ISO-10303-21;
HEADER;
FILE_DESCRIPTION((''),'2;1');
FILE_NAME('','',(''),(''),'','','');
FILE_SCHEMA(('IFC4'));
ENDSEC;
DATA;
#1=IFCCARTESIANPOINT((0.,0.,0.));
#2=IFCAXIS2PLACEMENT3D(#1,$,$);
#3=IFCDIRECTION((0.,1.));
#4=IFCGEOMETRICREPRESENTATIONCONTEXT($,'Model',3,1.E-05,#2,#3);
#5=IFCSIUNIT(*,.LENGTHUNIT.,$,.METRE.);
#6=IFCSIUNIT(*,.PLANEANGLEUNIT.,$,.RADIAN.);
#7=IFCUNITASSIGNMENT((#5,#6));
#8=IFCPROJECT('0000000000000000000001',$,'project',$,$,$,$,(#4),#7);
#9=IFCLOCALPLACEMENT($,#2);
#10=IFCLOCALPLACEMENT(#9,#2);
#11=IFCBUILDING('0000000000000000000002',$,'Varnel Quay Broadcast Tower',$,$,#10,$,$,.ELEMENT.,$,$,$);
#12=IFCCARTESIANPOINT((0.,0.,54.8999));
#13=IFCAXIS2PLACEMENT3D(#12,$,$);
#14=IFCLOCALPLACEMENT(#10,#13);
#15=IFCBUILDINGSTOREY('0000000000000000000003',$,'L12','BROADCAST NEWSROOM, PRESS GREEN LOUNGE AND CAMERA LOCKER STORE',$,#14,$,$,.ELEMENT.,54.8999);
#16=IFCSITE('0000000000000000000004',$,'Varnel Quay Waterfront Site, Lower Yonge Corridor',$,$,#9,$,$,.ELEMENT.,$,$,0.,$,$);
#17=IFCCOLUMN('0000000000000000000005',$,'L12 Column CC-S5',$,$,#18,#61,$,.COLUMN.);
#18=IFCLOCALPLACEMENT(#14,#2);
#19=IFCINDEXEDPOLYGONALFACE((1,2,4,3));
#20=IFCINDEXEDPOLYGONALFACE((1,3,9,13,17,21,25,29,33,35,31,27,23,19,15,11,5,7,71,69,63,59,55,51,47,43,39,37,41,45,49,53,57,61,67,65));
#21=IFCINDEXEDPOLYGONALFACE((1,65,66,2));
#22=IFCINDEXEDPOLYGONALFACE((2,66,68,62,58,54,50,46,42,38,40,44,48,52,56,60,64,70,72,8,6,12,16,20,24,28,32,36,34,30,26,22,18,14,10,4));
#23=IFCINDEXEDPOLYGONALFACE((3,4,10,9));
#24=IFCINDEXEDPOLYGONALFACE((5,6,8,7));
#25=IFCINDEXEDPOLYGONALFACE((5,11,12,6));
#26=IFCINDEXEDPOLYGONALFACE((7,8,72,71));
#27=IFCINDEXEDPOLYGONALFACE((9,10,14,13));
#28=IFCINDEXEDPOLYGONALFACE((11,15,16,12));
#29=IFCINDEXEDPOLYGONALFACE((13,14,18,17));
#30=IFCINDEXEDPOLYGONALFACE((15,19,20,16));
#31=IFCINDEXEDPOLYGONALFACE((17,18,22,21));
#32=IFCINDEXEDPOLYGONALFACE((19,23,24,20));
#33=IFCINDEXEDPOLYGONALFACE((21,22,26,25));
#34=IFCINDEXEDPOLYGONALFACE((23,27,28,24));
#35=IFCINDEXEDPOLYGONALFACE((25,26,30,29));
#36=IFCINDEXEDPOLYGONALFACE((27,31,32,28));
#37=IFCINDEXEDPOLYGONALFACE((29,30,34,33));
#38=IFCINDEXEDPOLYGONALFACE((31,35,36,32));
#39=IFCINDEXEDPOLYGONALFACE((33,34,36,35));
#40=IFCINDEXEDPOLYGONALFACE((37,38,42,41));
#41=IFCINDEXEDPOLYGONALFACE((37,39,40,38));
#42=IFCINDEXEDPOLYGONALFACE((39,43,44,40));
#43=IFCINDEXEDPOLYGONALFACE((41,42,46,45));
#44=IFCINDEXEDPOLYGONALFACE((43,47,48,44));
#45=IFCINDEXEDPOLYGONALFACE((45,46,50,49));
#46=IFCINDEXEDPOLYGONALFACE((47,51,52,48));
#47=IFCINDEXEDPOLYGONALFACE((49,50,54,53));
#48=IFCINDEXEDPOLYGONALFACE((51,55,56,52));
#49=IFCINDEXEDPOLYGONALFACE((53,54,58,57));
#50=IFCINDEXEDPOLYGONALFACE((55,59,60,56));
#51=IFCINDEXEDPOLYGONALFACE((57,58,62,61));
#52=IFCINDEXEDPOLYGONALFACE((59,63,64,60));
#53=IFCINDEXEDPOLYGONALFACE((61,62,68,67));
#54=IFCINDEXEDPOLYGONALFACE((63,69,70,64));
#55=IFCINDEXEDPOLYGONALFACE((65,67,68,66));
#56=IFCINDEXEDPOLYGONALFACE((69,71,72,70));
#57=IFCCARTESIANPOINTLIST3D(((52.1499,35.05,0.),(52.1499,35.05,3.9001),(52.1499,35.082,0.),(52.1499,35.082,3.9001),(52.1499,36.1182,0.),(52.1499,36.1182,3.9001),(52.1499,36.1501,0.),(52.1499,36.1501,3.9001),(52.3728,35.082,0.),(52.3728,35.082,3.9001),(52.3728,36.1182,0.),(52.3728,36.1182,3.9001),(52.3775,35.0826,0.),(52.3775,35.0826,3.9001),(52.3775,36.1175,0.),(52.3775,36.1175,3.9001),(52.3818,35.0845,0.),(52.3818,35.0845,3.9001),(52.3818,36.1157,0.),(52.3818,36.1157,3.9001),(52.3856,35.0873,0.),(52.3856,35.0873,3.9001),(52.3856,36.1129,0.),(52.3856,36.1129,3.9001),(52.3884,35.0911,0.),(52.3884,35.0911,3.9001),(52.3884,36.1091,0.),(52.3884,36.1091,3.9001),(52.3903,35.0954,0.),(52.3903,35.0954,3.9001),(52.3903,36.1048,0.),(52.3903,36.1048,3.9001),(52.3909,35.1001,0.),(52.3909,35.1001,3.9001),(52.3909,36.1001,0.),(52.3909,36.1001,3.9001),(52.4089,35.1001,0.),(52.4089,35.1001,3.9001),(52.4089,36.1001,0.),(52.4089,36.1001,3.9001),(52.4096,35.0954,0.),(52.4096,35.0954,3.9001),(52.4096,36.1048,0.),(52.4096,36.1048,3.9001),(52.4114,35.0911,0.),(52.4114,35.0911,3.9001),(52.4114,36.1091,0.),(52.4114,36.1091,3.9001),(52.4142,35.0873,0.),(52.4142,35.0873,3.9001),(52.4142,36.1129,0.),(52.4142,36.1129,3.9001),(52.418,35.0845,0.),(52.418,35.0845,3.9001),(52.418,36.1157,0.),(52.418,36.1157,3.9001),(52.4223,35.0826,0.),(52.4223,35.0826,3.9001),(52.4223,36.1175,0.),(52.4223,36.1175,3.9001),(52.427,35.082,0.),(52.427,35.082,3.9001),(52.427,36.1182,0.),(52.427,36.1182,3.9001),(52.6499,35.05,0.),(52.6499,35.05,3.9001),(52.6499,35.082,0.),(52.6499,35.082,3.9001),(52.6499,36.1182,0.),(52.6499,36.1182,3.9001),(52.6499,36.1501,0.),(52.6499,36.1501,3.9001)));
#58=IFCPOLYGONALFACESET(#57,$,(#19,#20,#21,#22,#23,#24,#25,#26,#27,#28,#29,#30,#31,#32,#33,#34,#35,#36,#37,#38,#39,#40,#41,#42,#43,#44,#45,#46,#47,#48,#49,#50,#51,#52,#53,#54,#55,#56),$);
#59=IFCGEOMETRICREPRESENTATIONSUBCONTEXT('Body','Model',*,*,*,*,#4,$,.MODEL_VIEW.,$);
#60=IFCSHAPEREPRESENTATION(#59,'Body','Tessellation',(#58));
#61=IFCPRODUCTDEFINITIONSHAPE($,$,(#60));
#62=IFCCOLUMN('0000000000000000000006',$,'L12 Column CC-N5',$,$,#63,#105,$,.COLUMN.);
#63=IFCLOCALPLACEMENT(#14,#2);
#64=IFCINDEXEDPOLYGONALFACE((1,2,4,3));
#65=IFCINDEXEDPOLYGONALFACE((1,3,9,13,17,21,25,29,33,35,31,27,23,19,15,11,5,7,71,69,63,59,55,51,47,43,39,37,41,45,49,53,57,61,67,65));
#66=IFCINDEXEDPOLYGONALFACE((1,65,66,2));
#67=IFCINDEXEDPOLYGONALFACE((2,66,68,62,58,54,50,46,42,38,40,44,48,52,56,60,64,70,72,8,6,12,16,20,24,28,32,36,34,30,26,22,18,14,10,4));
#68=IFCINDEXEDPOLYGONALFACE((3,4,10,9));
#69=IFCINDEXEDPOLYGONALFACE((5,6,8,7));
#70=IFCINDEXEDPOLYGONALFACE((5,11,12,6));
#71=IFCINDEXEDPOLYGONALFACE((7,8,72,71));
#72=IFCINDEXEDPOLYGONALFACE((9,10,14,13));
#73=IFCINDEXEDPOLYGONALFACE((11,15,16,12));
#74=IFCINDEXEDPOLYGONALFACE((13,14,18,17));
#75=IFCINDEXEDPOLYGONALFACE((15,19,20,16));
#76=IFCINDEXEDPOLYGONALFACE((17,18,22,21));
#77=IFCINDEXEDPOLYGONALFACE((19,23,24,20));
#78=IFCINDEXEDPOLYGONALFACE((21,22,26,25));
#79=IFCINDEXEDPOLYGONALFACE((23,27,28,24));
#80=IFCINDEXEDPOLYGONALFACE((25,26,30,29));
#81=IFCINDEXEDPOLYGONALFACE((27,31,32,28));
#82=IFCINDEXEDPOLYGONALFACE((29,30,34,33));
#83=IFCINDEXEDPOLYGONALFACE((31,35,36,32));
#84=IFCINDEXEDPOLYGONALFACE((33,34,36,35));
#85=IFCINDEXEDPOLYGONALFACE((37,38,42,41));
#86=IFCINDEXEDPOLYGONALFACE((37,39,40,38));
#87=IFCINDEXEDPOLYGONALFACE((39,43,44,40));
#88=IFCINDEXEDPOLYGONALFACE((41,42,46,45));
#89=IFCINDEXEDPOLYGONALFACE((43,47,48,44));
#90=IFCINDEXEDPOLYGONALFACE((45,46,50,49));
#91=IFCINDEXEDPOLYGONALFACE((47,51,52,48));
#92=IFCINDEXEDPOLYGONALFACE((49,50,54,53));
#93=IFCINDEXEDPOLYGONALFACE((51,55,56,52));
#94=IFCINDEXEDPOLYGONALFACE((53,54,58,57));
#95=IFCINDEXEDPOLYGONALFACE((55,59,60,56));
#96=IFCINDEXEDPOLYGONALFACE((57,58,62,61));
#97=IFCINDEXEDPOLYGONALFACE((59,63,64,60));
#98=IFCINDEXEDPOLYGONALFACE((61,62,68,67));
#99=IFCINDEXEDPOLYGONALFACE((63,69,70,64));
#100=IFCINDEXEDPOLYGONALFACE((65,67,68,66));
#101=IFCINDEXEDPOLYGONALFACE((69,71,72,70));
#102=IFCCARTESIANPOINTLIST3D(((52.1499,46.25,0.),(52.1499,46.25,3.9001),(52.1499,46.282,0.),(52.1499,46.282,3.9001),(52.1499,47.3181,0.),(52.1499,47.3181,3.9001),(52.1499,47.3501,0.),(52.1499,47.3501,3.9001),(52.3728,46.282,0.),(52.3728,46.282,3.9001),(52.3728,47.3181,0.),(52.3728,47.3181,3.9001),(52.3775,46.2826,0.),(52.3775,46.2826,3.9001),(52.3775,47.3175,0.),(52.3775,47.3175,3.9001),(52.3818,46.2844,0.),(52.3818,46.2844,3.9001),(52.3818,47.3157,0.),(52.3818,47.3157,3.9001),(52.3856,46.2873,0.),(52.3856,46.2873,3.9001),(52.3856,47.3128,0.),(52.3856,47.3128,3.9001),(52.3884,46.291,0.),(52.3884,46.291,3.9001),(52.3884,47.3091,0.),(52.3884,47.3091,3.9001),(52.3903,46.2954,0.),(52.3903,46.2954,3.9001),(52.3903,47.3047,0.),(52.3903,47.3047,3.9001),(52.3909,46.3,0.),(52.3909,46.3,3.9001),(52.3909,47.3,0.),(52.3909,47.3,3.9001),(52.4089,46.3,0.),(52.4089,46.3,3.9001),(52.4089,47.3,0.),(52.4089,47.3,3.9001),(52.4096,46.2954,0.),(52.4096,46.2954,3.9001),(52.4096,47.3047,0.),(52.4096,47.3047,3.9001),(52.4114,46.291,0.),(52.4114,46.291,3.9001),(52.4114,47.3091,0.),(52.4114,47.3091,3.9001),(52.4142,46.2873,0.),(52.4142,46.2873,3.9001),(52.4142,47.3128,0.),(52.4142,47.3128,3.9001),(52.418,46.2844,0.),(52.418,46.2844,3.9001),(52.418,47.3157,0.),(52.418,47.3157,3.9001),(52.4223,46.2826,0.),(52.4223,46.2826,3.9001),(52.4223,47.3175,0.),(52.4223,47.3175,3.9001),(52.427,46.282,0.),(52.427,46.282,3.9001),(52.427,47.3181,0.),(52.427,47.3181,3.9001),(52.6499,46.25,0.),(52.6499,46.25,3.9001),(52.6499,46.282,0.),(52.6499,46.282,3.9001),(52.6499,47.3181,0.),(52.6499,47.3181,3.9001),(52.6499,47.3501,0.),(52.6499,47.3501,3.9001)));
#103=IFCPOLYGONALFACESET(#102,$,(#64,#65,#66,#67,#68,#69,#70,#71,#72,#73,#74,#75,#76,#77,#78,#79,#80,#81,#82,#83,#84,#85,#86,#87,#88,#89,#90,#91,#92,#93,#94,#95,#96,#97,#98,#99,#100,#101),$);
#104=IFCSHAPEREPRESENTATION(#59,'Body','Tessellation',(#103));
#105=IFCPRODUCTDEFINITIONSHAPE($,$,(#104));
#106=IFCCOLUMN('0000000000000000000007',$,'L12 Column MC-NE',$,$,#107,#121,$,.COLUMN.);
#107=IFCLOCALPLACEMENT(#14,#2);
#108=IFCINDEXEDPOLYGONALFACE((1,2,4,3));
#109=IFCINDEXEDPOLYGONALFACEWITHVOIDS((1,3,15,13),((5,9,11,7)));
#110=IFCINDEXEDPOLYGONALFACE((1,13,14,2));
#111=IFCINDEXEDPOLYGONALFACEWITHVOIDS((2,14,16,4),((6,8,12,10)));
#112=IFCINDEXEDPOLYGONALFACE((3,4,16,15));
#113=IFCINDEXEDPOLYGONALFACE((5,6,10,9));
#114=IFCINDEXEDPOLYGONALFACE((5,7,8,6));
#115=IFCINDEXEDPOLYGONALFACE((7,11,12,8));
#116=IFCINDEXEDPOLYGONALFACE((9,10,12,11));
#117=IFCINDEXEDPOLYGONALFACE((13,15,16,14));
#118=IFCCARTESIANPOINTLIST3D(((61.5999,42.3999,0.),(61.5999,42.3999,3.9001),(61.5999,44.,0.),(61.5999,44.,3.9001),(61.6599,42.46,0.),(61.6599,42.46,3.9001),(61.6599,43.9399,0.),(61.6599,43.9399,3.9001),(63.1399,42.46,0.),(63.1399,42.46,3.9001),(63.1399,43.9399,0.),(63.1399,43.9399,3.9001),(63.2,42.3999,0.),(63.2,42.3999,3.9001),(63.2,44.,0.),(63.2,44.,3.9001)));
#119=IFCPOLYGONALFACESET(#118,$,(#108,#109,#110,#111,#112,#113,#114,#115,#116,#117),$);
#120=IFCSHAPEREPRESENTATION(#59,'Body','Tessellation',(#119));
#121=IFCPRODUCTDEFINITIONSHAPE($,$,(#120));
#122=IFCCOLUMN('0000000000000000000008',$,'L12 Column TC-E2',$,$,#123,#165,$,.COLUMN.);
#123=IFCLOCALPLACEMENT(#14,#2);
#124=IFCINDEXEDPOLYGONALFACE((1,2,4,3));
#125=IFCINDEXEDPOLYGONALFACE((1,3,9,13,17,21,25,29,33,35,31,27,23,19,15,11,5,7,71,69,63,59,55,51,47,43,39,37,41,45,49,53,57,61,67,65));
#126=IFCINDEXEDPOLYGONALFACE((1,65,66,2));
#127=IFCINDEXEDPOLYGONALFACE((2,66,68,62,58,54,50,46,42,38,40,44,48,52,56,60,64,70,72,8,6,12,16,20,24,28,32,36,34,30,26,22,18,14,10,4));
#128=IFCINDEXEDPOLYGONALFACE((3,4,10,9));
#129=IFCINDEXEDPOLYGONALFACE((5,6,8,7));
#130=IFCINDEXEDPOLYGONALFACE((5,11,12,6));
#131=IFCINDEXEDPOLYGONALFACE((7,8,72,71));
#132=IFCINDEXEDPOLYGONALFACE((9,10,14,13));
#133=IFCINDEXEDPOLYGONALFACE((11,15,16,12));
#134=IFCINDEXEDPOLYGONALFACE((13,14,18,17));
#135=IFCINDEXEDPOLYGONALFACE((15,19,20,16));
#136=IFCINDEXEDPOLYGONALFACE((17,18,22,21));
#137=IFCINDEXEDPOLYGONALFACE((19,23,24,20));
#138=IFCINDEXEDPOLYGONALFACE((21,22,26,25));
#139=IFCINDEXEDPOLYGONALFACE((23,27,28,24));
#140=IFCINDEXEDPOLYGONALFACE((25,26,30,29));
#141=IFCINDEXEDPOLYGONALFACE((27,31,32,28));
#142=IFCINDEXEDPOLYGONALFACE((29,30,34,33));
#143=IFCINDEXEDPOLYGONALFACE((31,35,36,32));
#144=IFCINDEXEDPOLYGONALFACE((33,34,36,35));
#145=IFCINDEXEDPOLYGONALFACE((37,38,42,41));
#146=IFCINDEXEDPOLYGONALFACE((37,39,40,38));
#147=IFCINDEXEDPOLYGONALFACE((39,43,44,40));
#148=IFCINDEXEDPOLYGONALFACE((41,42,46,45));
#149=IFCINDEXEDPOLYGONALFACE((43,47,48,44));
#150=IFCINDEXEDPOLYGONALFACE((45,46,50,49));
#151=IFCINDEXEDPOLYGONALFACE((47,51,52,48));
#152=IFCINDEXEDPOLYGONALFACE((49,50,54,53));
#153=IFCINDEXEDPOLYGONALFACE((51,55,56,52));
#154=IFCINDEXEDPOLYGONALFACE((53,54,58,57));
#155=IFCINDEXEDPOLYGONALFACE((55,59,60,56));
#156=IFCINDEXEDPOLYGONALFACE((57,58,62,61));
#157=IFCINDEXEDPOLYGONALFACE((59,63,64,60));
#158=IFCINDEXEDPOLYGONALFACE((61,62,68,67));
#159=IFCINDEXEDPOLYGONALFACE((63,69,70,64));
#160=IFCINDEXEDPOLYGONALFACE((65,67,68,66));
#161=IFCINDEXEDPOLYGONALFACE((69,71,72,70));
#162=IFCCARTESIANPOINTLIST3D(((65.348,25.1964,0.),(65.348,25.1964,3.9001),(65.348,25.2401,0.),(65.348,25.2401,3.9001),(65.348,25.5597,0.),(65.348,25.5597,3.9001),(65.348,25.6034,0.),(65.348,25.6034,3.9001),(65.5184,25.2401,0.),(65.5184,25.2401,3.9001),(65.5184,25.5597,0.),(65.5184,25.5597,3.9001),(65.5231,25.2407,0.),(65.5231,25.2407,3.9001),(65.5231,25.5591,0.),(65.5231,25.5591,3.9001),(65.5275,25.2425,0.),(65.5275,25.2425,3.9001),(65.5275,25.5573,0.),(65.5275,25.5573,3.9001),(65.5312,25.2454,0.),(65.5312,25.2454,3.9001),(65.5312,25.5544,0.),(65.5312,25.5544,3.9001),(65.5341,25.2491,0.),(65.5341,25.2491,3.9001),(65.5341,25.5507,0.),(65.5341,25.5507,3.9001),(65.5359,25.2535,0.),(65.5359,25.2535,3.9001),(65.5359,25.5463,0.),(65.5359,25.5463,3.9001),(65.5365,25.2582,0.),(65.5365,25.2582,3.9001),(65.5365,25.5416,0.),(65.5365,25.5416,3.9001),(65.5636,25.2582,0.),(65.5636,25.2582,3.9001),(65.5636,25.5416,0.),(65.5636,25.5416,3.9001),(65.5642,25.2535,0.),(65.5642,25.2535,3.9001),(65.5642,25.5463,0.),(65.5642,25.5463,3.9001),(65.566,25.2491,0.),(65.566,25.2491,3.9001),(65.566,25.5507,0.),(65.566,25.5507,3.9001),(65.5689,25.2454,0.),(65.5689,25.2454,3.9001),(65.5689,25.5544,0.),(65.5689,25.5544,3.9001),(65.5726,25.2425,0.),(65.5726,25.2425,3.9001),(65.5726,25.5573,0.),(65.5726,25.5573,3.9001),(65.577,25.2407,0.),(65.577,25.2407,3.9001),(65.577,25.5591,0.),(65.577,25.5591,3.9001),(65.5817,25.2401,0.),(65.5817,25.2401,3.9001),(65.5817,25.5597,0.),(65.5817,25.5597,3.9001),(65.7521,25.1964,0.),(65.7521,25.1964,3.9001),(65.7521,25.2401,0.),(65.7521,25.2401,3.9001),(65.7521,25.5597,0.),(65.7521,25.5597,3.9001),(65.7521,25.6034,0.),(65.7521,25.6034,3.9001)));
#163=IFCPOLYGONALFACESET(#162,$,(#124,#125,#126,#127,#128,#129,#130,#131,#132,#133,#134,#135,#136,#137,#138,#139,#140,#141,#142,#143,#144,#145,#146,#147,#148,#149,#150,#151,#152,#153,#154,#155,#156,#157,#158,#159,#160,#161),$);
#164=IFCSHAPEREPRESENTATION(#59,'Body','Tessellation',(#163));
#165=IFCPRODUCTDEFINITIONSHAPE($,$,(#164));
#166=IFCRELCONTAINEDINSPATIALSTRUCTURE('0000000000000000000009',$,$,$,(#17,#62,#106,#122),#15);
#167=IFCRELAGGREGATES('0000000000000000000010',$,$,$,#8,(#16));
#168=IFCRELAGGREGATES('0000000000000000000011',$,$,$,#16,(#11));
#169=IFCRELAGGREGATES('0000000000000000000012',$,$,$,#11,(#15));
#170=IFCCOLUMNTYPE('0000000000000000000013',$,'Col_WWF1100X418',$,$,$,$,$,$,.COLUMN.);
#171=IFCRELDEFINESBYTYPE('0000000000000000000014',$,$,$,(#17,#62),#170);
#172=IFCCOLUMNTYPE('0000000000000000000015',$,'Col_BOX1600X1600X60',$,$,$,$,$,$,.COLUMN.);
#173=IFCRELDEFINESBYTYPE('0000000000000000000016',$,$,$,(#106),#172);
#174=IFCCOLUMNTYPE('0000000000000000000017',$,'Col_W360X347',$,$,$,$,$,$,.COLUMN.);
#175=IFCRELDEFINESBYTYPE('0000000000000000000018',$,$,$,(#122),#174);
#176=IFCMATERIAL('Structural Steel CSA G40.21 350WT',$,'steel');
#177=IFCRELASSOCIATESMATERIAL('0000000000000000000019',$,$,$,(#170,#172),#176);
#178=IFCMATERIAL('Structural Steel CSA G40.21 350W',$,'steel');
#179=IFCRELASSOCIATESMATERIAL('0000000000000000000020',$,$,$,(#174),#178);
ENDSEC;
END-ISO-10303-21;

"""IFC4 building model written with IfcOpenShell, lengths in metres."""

from ifc_helpers import new_model, si_unit, direction, frame, origin, origin_2d, place, context, subcontext, project, spatial, hollow_rectangle, i_section, extrude, source, transform, mapped, material, material_profile, profile_set, type_object, type_shapes, element, save


model = new_model("IFC4")

# Units and contexts
model_context = context("Model", 3, precision=1e-05, world=origin(), true_north=direction((0.0, 1.0)))
body_context = subcontext(model_context, "Body", "Model", "MODEL_VIEW")
ifc_project = project(units=[si_unit("LENGTHUNIT", "METRE"), si_unit("PLANEANGLEUNIT", "RADIAN")], contexts=[model_context])

# Site, building, storey
site_placement = place(None, origin())
site = spatial("IfcSite", under=ifc_project, at=site_placement, Name="Varnel Quay Waterfront Site, Lower Yonge Corridor", CompositionType="ELEMENT", RefElevation=0.0)
building_placement = place(site_placement, origin())
building = spatial("IfcBuilding", under=site, at=building_placement, Name="Varnel Quay Broadcast Tower", CompositionType="ELEMENT")
storey_placement = place(building_placement, frame((0.0, 0.0, 54.8999)))
storey = spatial("IfcBuildingStorey", under=building, at=storey_placement, Name="L12", Description="BROADCAST NEWSROOM, PRESS GREEN LOUNGE AND CAMERA LOCKER STORE", CompositionType="ELEMENT", Elevation=54.8999)

# Columns
ifc_material_1 = material(Name="Structural Steel CSA G40.21 350WT", Category="steel")
ifc_material_profile_1 = material_profile(ifc_material_1, i_section(OverallWidth=0.5, OverallDepth=1.1001, WebThickness=0.0181, FlangeThickness=0.032, FilletRadius=0.0181, at=origin_2d()), Name="WWF1100X418")
ifc_profile_set_1 = profile_set([ifc_material_profile_1], Name="Structural Steel CSA G40.21 350WT")
column_type_1 = type_object("IfcColumnType", Name="Col_WWF1100X418", PredefinedType="COLUMN", material=ifc_profile_set_1)
shared_shape_1 = source(origin(), body_context, "Body", "SweptSolid", [
    extrude(i_section(OverallWidth=0.5, OverallDepth=1.1001, WebThickness=0.0181, FlangeThickness=0.032, FilletRadius=0.0181, at=origin_2d()), origin(), (0.0, 0.0, 1.0), 3.9001),
])
type_shapes(column_type_1, [shared_shape_1])
for number, where, z_axis, x_axis, name in (
    (1, (52.3999, 35.6001, 0.0), (0.0, 0.0, 1.0), (1.0, 0.0, 0.0), "L12 Column CC-S5"),
    (2, (52.3999, 46.8, 0.0), (0.0, 0.0, 1.0), (1.0, 0.0, 0.0), "L12 Column CC-N5"),
):
    element("IfcColumn", number, at=place(storey_placement, frame(where, z_axis=z_axis, x_axis=x_axis)), inside=storey, type_object=column_type_1, Name=name, PredefinedType="COLUMN", context=body_context, shape_type="MappedRepresentation", body=[
        mapped(shared_shape_1, transform((0.0, 0.0, 0.0), x_axis=(1.0, 0.0, 0.0), y_axis=(0.0, 1.0, 0.0), z_axis=(0.0, 0.0, 1.0), scale=1.0)),
    ])
ifc_material_profile_2 = material_profile(ifc_material_1, hollow_rectangle(XDim=1.6001, YDim=1.6001, WallThickness=0.0601, at=origin_2d()), Name="BOX1600X1600X60")
ifc_profile_set_2 = profile_set([ifc_material_profile_2], Name="Structural Steel CSA G40.21 350WT")
column_type_2 = type_object("IfcColumnType", Name="Col_BOX1600X1600X60", PredefinedType="COLUMN", material=ifc_profile_set_2)
shared_shape_2 = source(origin(), body_context, "Body", "SweptSolid", [
    extrude(hollow_rectangle(XDim=1.6001, YDim=1.6001, WallThickness=0.0601, at=origin_2d()), origin(), (0.0, 0.0, 1.0), 3.9001),
])
type_shapes(column_type_2, [shared_shape_2])
column_placement = place(storey_placement, frame((62.3999, 43.2, 0.0), z_axis=(0.0, 0.0, 1.0), x_axis=(1.0, 0.0, 0.0)))
element("IfcColumn", 3, at=column_placement, inside=storey, type_object=column_type_2, Name="L12 Column MC-NE", PredefinedType="COLUMN", context=body_context, shape_type="MappedRepresentation", body=[
    mapped(shared_shape_2, transform((0.0, 0.0, 0.0), x_axis=(1.0, 0.0, 0.0), y_axis=(0.0, 1.0, 0.0), z_axis=(0.0, 0.0, 1.0), scale=1.0)),
])
ifc_material_2 = material(Name="Structural Steel CSA G40.21 350W", Category="steel")
ifc_material_profile_3 = material_profile(ifc_material_2, i_section(OverallWidth=0.4041, OverallDepth=0.407, WebThickness=0.0271, FlangeThickness=0.0437, FilletRadius=0.0181, at=origin_2d()), Name="W360X347")
ifc_profile_set_3 = profile_set([ifc_material_profile_3], Name="Structural Steel CSA G40.21 350W")
column_type_3 = type_object("IfcColumnType", Name="Col_W360X347", PredefinedType="COLUMN", material=ifc_profile_set_3)
shared_shape_3 = source(origin(), body_context, "Body", "SweptSolid", [
    extrude(i_section(OverallWidth=0.4041, OverallDepth=0.407, WebThickness=0.0271, FlangeThickness=0.0437, FilletRadius=0.0181, at=origin_2d()), origin(), (0.0, 0.0, 1.0), 3.9001),
])
type_shapes(column_type_3, [shared_shape_3])
for number, where, z_axis, x_axis, name in (
    (4, (65.55, 25.3999, 0.0), (0.0, 0.0, 1.0), (1.0, 0.0, 0.0), "L12 Column TC-E2"),
):
    element("IfcColumn", number, at=place(storey_placement, frame(where, z_axis=z_axis, x_axis=x_axis)), inside=storey, type_object=column_type_3, Name=name, PredefinedType="COLUMN", context=body_context, shape_type="MappedRepresentation", body=[
        mapped(shared_shape_3, transform((0.0, 0.0, 0.0), x_axis=(1.0, 0.0, 0.0), y_axis=(0.0, 1.0, 0.0), z_axis=(0.0, 0.0, 1.0), scale=1.0)),
    ])

save(model, "model.ifc")
